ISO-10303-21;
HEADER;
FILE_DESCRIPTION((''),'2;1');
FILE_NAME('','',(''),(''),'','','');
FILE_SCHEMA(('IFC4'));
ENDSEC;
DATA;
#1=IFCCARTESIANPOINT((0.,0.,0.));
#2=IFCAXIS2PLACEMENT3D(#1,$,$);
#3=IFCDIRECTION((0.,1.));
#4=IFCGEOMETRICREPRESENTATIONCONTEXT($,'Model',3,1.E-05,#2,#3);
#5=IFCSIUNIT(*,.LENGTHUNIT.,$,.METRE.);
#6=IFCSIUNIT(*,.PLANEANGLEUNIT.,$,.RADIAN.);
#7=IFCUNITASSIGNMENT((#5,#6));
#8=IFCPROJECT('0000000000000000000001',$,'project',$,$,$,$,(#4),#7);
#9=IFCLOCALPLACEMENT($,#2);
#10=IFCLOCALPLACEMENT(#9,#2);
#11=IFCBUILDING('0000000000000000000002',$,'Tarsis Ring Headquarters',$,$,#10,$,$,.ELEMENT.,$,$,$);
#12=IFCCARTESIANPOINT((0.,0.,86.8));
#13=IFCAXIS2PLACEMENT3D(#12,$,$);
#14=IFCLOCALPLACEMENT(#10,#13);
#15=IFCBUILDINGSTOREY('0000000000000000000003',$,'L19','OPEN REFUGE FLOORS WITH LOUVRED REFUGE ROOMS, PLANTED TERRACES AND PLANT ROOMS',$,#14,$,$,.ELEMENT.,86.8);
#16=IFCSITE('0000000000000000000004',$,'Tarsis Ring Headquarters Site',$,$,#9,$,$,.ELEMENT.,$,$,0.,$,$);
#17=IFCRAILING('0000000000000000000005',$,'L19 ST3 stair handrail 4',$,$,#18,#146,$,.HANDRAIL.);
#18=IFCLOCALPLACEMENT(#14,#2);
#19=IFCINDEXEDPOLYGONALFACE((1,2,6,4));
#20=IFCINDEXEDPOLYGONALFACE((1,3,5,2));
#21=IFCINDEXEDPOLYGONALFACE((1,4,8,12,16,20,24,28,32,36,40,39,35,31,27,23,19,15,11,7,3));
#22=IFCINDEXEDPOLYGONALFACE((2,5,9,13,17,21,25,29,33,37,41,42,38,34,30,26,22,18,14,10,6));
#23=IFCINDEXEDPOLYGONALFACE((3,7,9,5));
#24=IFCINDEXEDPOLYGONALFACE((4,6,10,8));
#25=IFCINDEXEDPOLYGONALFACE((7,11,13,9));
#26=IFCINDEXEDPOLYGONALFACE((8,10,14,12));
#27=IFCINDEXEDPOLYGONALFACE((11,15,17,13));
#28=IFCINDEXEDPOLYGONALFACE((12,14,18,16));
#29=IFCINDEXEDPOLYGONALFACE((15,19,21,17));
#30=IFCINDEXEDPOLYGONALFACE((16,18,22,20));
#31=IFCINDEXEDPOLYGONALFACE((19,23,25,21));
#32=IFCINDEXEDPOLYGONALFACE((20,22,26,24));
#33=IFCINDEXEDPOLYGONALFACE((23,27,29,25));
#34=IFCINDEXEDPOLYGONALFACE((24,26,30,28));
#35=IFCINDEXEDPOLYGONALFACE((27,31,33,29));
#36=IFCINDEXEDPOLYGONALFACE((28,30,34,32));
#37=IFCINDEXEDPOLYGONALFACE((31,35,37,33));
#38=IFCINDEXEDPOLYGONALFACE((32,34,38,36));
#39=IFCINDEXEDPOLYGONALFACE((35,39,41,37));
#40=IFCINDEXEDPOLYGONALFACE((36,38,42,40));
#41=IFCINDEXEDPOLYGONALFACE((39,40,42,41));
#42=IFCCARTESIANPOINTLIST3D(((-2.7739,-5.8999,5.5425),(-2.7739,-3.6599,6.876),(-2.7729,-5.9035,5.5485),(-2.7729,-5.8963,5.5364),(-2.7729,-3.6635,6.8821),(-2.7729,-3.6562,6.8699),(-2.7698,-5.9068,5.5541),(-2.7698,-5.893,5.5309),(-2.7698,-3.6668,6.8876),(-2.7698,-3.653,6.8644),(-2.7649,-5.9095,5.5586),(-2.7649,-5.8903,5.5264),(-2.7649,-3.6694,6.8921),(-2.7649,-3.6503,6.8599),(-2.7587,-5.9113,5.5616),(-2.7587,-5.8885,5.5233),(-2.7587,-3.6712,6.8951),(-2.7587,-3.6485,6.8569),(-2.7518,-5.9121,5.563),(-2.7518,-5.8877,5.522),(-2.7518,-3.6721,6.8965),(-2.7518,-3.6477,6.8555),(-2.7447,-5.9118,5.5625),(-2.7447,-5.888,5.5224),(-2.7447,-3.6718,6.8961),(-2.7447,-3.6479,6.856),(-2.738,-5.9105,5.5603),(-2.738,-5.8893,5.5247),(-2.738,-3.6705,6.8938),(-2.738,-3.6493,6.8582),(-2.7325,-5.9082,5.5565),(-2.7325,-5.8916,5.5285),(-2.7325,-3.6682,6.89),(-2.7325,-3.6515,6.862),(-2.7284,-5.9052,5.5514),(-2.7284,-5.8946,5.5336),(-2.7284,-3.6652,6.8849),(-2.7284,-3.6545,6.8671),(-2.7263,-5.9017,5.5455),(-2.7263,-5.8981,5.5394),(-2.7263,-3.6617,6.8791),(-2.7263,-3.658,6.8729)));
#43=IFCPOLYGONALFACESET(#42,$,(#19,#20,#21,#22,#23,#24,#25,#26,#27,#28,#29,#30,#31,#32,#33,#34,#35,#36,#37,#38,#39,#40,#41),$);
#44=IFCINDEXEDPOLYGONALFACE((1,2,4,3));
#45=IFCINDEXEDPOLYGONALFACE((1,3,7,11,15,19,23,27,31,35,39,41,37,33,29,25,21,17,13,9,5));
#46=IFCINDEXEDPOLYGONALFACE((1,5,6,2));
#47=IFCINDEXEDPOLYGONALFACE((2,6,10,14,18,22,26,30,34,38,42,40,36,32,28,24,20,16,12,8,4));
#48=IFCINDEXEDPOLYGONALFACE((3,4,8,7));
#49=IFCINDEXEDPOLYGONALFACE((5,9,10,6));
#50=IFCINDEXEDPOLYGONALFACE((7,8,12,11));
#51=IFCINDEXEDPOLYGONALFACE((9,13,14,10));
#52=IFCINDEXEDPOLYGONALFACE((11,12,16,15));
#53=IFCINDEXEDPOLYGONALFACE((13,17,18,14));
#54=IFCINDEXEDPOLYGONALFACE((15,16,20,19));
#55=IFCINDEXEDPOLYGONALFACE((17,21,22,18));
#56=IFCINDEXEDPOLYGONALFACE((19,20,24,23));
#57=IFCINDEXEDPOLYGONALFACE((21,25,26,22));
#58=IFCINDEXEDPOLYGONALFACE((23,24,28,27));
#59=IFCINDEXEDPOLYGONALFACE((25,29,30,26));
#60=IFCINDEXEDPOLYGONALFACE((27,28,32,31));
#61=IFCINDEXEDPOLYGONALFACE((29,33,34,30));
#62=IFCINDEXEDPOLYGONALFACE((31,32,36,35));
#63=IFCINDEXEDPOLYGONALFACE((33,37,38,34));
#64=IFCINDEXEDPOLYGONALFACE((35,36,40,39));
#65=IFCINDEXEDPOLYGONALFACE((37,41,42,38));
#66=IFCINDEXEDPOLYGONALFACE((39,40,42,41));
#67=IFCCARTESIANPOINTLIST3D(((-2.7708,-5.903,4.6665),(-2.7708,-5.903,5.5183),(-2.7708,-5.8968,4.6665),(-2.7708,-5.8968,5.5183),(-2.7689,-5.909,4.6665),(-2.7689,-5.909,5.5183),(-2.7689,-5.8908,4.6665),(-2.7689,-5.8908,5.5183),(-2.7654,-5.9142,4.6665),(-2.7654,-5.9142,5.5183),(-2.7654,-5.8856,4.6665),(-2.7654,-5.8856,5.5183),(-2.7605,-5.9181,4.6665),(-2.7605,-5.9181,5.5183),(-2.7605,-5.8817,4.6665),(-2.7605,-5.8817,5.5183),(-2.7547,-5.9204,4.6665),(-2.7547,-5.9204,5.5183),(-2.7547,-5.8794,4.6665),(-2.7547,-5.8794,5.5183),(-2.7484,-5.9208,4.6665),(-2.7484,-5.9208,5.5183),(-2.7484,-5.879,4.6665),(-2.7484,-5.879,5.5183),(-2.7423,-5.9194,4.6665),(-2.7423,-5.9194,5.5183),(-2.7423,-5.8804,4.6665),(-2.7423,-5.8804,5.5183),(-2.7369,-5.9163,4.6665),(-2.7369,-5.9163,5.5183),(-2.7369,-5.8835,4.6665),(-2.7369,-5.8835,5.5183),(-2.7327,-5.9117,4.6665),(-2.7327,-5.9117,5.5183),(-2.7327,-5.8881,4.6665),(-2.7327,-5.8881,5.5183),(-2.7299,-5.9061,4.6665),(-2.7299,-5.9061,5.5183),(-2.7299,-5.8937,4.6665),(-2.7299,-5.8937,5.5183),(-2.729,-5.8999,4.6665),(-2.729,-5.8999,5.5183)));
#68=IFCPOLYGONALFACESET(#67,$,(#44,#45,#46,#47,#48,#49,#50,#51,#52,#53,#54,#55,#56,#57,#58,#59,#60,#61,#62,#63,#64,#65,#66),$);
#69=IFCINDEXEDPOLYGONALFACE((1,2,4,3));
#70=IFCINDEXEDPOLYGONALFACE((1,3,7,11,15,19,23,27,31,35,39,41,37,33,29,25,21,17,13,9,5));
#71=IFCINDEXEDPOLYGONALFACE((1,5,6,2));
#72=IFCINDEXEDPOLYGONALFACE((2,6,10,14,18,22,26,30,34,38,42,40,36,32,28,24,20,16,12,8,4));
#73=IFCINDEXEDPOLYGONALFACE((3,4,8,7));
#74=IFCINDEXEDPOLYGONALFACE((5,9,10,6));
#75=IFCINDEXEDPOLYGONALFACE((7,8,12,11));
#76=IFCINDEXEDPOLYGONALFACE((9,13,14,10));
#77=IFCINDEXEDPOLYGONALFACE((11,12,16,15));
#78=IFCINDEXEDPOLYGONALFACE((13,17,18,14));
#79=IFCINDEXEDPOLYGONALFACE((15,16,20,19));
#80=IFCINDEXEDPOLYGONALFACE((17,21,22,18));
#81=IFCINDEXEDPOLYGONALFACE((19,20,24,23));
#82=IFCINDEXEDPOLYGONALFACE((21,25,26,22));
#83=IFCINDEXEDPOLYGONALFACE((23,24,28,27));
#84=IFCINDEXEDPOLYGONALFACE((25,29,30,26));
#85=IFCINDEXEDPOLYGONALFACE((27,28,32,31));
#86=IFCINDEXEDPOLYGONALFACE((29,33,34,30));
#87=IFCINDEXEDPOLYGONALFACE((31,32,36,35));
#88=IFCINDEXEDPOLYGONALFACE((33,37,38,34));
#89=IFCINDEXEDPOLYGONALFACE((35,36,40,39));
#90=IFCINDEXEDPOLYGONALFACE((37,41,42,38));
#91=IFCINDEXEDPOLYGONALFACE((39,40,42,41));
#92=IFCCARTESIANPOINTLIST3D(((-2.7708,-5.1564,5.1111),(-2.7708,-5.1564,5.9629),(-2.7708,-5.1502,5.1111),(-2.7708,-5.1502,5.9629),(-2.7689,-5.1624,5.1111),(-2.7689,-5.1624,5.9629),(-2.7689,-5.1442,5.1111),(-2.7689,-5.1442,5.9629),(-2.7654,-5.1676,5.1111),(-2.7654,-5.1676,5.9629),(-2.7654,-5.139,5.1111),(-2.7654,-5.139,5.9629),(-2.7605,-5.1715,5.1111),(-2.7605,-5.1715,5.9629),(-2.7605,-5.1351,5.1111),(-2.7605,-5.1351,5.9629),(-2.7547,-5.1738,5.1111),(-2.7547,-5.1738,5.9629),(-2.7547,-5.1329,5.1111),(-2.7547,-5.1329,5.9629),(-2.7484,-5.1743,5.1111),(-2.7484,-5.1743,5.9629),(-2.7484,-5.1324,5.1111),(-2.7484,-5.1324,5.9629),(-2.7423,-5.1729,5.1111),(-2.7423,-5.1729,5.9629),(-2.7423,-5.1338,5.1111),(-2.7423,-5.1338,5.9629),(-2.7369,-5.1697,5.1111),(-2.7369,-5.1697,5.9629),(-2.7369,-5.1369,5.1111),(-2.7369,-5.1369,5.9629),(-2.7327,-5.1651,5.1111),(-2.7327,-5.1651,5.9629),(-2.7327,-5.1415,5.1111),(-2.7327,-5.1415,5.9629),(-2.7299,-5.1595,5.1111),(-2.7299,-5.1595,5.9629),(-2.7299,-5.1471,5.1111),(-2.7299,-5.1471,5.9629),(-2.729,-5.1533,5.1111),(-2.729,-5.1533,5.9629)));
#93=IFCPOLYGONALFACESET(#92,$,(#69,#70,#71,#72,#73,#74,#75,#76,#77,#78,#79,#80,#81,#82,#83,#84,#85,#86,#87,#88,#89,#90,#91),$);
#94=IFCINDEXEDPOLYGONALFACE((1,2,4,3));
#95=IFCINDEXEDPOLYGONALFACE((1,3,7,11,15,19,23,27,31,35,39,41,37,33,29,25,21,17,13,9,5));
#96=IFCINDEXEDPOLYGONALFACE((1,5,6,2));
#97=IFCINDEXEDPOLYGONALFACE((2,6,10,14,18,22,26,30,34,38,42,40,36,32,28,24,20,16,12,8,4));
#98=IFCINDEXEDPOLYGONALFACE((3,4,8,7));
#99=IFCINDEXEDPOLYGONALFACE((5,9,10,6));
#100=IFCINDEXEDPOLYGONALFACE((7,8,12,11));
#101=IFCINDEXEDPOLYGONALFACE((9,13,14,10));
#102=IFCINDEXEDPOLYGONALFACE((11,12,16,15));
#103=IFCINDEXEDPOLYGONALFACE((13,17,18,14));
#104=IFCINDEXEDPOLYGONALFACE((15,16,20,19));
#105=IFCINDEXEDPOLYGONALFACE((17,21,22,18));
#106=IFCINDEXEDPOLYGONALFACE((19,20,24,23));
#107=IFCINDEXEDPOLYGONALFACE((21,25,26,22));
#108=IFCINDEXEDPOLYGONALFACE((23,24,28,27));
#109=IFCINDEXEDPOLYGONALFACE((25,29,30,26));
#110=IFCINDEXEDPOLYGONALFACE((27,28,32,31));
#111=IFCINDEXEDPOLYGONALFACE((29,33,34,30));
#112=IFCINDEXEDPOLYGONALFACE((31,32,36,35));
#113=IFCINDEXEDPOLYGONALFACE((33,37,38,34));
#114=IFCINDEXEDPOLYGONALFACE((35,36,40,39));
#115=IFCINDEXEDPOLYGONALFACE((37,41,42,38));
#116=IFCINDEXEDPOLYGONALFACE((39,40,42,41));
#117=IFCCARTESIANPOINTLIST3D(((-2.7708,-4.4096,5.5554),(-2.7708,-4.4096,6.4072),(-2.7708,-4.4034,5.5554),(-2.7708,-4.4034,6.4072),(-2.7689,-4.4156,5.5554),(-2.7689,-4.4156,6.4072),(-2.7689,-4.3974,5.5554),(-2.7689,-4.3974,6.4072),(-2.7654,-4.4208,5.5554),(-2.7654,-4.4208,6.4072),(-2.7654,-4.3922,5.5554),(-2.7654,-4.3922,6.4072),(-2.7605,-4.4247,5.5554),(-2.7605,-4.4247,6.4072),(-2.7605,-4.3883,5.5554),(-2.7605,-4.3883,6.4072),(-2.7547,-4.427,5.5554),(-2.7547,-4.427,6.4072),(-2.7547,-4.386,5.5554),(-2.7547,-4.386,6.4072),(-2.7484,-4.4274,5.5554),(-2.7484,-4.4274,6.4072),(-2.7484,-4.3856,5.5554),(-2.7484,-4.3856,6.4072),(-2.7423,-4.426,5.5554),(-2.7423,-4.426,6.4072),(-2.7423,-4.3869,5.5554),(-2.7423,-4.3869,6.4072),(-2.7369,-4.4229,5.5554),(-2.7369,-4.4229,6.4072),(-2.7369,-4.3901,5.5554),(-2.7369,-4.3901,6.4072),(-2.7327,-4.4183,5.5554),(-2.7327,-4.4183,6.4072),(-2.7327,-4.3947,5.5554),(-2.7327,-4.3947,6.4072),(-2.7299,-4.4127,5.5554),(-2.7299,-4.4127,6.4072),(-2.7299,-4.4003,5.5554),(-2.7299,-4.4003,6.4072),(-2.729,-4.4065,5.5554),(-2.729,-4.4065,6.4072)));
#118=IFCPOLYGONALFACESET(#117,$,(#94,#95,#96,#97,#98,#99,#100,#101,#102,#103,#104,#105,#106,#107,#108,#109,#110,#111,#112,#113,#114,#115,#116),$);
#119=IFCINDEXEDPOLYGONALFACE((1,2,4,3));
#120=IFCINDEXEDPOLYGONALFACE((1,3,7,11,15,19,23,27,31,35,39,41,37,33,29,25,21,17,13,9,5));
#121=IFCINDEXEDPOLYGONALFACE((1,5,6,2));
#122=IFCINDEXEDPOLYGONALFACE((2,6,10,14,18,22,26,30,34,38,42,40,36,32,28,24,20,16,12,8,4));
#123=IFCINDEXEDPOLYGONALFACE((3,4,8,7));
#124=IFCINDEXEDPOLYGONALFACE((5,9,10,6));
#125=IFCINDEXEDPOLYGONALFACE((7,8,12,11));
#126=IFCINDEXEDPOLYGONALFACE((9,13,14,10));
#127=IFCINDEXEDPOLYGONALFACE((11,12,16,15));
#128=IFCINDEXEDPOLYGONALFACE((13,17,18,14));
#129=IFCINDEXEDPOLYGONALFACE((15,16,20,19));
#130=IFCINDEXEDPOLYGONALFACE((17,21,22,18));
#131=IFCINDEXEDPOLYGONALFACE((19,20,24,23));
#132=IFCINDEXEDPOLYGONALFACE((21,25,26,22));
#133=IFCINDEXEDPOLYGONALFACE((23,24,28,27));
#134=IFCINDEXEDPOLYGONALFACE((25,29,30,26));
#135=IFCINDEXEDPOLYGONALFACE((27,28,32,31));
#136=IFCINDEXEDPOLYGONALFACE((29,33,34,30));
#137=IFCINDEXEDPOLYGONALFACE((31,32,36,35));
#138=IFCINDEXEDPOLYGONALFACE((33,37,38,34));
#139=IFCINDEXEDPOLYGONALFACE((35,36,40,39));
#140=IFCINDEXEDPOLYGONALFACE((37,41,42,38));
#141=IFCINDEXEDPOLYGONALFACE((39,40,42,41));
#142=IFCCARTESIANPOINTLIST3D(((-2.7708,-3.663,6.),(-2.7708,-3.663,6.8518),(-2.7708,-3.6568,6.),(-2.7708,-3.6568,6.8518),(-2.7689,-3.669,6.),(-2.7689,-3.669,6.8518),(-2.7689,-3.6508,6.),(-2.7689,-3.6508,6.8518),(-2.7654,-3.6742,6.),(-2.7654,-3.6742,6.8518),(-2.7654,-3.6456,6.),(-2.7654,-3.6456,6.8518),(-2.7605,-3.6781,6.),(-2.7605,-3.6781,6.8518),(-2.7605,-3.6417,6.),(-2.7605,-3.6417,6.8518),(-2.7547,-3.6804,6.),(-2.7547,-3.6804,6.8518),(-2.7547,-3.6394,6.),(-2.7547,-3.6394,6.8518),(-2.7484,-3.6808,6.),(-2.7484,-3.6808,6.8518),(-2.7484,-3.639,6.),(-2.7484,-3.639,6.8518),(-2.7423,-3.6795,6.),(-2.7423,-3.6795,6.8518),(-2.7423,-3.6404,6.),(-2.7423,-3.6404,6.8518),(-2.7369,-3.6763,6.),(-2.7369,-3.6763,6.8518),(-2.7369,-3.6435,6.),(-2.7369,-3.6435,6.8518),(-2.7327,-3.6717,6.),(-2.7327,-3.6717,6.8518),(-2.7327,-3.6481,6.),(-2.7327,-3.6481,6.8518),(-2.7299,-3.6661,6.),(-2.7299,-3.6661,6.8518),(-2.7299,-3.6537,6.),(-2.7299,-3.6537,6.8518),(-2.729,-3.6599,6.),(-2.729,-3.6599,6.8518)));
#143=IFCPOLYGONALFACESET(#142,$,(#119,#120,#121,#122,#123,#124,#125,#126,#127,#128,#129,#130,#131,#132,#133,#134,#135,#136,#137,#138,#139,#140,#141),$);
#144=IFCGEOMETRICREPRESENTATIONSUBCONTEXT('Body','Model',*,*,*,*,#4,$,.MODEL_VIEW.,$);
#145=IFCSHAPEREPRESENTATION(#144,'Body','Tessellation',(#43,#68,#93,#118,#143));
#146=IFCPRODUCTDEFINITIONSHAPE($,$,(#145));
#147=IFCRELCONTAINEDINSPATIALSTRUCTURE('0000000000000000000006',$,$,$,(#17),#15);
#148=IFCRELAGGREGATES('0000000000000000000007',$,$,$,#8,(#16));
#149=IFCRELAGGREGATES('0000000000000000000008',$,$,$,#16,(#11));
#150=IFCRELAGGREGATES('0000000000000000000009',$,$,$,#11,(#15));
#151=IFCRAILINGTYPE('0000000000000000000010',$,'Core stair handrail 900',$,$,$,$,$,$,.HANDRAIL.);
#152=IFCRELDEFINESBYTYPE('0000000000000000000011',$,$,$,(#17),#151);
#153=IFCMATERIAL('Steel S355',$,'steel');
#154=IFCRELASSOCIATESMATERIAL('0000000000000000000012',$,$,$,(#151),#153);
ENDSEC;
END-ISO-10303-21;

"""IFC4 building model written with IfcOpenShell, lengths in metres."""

from ifc_helpers import new_model, si_unit, direction, frame, origin, origin_2d, place, context, subcontext, project, spatial, circle, extrude, material, type_object, element, save


model = new_model("IFC4")

# Units and contexts
model_context = context("Model", 3, precision=1e-05, world=origin(), true_north=direction((0.0, 1.0)))
body_context = subcontext(model_context, "Body", "Model", "MODEL_VIEW")
ifc_project = project(units=[si_unit("LENGTHUNIT", "METRE"), si_unit("PLANEANGLEUNIT", "RADIAN")], contexts=[model_context])

# Site, building, storey
site_placement = place(None, origin())
site = spatial("IfcSite", under=ifc_project, at=site_placement, Name="Tarsis Ring Headquarters Site", CompositionType="ELEMENT", RefElevation=0.0)
building_placement = place(site_placement, origin())
building = spatial("IfcBuilding", under=site, at=building_placement, Name="Tarsis Ring Headquarters", CompositionType="ELEMENT")
storey_placement = place(building_placement, frame((0.0, 0.0, 86.8)))
storey = spatial("IfcBuildingStorey", under=building, at=storey_placement, Name="L19", Description="OPEN REFUGE FLOORS WITH LOUVRED REFUGE ROOMS, PLANTED TERRACES AND PLANT ROOMS", CompositionType="ELEMENT", Elevation=86.8)

# Railing
ifc_material_1 = material(Name="Steel S355", Category="steel")
railing_type_1 = type_object("IfcRailingType", Name="Core stair handrail 900", PredefinedType="HANDRAIL", material=ifc_material_1)
railing_1_placement = place(storey_placement, frame((-2.75, -5.8999, 4.6665)))
element("IfcRailing", 1, at=railing_1_placement, inside=storey, type_object=railing_type_1, Name="L19 ST3 stair handrail 4", PredefinedType="HANDRAIL", context=body_context, shape_type="SweptSolid", body=[
    extrude(circle(Radius=0.0239, at=origin_2d()), frame((0.0, 0.0, 0.876), z_axis=(0.0, 0.859264, 0.511532), x_axis=(-1.0, 0.0, 0.0)), (0.0, 0.0, 1.0), 2.6069),
    extrude(circle(Radius=0.021, at=origin_2d()), origin(), (0.0, 0.0, 1.0), 0.8518),
    extrude(circle(Radius=0.021, at=origin_2d()), frame((0.0, 0.7466, 0.4446)), (0.0, 0.0, 1.0), 0.8518),
    extrude(circle(Radius=0.021, at=origin_2d()), frame((0.0, 1.4934, 0.8889)), (0.0, 0.0, 1.0), 0.8518),
    extrude(circle(Radius=0.021, at=origin_2d()), frame((0.0, 2.24, 1.3335)), (0.0, 0.0, 1.0), 0.8518),
])

save(model, "model.ifc")
